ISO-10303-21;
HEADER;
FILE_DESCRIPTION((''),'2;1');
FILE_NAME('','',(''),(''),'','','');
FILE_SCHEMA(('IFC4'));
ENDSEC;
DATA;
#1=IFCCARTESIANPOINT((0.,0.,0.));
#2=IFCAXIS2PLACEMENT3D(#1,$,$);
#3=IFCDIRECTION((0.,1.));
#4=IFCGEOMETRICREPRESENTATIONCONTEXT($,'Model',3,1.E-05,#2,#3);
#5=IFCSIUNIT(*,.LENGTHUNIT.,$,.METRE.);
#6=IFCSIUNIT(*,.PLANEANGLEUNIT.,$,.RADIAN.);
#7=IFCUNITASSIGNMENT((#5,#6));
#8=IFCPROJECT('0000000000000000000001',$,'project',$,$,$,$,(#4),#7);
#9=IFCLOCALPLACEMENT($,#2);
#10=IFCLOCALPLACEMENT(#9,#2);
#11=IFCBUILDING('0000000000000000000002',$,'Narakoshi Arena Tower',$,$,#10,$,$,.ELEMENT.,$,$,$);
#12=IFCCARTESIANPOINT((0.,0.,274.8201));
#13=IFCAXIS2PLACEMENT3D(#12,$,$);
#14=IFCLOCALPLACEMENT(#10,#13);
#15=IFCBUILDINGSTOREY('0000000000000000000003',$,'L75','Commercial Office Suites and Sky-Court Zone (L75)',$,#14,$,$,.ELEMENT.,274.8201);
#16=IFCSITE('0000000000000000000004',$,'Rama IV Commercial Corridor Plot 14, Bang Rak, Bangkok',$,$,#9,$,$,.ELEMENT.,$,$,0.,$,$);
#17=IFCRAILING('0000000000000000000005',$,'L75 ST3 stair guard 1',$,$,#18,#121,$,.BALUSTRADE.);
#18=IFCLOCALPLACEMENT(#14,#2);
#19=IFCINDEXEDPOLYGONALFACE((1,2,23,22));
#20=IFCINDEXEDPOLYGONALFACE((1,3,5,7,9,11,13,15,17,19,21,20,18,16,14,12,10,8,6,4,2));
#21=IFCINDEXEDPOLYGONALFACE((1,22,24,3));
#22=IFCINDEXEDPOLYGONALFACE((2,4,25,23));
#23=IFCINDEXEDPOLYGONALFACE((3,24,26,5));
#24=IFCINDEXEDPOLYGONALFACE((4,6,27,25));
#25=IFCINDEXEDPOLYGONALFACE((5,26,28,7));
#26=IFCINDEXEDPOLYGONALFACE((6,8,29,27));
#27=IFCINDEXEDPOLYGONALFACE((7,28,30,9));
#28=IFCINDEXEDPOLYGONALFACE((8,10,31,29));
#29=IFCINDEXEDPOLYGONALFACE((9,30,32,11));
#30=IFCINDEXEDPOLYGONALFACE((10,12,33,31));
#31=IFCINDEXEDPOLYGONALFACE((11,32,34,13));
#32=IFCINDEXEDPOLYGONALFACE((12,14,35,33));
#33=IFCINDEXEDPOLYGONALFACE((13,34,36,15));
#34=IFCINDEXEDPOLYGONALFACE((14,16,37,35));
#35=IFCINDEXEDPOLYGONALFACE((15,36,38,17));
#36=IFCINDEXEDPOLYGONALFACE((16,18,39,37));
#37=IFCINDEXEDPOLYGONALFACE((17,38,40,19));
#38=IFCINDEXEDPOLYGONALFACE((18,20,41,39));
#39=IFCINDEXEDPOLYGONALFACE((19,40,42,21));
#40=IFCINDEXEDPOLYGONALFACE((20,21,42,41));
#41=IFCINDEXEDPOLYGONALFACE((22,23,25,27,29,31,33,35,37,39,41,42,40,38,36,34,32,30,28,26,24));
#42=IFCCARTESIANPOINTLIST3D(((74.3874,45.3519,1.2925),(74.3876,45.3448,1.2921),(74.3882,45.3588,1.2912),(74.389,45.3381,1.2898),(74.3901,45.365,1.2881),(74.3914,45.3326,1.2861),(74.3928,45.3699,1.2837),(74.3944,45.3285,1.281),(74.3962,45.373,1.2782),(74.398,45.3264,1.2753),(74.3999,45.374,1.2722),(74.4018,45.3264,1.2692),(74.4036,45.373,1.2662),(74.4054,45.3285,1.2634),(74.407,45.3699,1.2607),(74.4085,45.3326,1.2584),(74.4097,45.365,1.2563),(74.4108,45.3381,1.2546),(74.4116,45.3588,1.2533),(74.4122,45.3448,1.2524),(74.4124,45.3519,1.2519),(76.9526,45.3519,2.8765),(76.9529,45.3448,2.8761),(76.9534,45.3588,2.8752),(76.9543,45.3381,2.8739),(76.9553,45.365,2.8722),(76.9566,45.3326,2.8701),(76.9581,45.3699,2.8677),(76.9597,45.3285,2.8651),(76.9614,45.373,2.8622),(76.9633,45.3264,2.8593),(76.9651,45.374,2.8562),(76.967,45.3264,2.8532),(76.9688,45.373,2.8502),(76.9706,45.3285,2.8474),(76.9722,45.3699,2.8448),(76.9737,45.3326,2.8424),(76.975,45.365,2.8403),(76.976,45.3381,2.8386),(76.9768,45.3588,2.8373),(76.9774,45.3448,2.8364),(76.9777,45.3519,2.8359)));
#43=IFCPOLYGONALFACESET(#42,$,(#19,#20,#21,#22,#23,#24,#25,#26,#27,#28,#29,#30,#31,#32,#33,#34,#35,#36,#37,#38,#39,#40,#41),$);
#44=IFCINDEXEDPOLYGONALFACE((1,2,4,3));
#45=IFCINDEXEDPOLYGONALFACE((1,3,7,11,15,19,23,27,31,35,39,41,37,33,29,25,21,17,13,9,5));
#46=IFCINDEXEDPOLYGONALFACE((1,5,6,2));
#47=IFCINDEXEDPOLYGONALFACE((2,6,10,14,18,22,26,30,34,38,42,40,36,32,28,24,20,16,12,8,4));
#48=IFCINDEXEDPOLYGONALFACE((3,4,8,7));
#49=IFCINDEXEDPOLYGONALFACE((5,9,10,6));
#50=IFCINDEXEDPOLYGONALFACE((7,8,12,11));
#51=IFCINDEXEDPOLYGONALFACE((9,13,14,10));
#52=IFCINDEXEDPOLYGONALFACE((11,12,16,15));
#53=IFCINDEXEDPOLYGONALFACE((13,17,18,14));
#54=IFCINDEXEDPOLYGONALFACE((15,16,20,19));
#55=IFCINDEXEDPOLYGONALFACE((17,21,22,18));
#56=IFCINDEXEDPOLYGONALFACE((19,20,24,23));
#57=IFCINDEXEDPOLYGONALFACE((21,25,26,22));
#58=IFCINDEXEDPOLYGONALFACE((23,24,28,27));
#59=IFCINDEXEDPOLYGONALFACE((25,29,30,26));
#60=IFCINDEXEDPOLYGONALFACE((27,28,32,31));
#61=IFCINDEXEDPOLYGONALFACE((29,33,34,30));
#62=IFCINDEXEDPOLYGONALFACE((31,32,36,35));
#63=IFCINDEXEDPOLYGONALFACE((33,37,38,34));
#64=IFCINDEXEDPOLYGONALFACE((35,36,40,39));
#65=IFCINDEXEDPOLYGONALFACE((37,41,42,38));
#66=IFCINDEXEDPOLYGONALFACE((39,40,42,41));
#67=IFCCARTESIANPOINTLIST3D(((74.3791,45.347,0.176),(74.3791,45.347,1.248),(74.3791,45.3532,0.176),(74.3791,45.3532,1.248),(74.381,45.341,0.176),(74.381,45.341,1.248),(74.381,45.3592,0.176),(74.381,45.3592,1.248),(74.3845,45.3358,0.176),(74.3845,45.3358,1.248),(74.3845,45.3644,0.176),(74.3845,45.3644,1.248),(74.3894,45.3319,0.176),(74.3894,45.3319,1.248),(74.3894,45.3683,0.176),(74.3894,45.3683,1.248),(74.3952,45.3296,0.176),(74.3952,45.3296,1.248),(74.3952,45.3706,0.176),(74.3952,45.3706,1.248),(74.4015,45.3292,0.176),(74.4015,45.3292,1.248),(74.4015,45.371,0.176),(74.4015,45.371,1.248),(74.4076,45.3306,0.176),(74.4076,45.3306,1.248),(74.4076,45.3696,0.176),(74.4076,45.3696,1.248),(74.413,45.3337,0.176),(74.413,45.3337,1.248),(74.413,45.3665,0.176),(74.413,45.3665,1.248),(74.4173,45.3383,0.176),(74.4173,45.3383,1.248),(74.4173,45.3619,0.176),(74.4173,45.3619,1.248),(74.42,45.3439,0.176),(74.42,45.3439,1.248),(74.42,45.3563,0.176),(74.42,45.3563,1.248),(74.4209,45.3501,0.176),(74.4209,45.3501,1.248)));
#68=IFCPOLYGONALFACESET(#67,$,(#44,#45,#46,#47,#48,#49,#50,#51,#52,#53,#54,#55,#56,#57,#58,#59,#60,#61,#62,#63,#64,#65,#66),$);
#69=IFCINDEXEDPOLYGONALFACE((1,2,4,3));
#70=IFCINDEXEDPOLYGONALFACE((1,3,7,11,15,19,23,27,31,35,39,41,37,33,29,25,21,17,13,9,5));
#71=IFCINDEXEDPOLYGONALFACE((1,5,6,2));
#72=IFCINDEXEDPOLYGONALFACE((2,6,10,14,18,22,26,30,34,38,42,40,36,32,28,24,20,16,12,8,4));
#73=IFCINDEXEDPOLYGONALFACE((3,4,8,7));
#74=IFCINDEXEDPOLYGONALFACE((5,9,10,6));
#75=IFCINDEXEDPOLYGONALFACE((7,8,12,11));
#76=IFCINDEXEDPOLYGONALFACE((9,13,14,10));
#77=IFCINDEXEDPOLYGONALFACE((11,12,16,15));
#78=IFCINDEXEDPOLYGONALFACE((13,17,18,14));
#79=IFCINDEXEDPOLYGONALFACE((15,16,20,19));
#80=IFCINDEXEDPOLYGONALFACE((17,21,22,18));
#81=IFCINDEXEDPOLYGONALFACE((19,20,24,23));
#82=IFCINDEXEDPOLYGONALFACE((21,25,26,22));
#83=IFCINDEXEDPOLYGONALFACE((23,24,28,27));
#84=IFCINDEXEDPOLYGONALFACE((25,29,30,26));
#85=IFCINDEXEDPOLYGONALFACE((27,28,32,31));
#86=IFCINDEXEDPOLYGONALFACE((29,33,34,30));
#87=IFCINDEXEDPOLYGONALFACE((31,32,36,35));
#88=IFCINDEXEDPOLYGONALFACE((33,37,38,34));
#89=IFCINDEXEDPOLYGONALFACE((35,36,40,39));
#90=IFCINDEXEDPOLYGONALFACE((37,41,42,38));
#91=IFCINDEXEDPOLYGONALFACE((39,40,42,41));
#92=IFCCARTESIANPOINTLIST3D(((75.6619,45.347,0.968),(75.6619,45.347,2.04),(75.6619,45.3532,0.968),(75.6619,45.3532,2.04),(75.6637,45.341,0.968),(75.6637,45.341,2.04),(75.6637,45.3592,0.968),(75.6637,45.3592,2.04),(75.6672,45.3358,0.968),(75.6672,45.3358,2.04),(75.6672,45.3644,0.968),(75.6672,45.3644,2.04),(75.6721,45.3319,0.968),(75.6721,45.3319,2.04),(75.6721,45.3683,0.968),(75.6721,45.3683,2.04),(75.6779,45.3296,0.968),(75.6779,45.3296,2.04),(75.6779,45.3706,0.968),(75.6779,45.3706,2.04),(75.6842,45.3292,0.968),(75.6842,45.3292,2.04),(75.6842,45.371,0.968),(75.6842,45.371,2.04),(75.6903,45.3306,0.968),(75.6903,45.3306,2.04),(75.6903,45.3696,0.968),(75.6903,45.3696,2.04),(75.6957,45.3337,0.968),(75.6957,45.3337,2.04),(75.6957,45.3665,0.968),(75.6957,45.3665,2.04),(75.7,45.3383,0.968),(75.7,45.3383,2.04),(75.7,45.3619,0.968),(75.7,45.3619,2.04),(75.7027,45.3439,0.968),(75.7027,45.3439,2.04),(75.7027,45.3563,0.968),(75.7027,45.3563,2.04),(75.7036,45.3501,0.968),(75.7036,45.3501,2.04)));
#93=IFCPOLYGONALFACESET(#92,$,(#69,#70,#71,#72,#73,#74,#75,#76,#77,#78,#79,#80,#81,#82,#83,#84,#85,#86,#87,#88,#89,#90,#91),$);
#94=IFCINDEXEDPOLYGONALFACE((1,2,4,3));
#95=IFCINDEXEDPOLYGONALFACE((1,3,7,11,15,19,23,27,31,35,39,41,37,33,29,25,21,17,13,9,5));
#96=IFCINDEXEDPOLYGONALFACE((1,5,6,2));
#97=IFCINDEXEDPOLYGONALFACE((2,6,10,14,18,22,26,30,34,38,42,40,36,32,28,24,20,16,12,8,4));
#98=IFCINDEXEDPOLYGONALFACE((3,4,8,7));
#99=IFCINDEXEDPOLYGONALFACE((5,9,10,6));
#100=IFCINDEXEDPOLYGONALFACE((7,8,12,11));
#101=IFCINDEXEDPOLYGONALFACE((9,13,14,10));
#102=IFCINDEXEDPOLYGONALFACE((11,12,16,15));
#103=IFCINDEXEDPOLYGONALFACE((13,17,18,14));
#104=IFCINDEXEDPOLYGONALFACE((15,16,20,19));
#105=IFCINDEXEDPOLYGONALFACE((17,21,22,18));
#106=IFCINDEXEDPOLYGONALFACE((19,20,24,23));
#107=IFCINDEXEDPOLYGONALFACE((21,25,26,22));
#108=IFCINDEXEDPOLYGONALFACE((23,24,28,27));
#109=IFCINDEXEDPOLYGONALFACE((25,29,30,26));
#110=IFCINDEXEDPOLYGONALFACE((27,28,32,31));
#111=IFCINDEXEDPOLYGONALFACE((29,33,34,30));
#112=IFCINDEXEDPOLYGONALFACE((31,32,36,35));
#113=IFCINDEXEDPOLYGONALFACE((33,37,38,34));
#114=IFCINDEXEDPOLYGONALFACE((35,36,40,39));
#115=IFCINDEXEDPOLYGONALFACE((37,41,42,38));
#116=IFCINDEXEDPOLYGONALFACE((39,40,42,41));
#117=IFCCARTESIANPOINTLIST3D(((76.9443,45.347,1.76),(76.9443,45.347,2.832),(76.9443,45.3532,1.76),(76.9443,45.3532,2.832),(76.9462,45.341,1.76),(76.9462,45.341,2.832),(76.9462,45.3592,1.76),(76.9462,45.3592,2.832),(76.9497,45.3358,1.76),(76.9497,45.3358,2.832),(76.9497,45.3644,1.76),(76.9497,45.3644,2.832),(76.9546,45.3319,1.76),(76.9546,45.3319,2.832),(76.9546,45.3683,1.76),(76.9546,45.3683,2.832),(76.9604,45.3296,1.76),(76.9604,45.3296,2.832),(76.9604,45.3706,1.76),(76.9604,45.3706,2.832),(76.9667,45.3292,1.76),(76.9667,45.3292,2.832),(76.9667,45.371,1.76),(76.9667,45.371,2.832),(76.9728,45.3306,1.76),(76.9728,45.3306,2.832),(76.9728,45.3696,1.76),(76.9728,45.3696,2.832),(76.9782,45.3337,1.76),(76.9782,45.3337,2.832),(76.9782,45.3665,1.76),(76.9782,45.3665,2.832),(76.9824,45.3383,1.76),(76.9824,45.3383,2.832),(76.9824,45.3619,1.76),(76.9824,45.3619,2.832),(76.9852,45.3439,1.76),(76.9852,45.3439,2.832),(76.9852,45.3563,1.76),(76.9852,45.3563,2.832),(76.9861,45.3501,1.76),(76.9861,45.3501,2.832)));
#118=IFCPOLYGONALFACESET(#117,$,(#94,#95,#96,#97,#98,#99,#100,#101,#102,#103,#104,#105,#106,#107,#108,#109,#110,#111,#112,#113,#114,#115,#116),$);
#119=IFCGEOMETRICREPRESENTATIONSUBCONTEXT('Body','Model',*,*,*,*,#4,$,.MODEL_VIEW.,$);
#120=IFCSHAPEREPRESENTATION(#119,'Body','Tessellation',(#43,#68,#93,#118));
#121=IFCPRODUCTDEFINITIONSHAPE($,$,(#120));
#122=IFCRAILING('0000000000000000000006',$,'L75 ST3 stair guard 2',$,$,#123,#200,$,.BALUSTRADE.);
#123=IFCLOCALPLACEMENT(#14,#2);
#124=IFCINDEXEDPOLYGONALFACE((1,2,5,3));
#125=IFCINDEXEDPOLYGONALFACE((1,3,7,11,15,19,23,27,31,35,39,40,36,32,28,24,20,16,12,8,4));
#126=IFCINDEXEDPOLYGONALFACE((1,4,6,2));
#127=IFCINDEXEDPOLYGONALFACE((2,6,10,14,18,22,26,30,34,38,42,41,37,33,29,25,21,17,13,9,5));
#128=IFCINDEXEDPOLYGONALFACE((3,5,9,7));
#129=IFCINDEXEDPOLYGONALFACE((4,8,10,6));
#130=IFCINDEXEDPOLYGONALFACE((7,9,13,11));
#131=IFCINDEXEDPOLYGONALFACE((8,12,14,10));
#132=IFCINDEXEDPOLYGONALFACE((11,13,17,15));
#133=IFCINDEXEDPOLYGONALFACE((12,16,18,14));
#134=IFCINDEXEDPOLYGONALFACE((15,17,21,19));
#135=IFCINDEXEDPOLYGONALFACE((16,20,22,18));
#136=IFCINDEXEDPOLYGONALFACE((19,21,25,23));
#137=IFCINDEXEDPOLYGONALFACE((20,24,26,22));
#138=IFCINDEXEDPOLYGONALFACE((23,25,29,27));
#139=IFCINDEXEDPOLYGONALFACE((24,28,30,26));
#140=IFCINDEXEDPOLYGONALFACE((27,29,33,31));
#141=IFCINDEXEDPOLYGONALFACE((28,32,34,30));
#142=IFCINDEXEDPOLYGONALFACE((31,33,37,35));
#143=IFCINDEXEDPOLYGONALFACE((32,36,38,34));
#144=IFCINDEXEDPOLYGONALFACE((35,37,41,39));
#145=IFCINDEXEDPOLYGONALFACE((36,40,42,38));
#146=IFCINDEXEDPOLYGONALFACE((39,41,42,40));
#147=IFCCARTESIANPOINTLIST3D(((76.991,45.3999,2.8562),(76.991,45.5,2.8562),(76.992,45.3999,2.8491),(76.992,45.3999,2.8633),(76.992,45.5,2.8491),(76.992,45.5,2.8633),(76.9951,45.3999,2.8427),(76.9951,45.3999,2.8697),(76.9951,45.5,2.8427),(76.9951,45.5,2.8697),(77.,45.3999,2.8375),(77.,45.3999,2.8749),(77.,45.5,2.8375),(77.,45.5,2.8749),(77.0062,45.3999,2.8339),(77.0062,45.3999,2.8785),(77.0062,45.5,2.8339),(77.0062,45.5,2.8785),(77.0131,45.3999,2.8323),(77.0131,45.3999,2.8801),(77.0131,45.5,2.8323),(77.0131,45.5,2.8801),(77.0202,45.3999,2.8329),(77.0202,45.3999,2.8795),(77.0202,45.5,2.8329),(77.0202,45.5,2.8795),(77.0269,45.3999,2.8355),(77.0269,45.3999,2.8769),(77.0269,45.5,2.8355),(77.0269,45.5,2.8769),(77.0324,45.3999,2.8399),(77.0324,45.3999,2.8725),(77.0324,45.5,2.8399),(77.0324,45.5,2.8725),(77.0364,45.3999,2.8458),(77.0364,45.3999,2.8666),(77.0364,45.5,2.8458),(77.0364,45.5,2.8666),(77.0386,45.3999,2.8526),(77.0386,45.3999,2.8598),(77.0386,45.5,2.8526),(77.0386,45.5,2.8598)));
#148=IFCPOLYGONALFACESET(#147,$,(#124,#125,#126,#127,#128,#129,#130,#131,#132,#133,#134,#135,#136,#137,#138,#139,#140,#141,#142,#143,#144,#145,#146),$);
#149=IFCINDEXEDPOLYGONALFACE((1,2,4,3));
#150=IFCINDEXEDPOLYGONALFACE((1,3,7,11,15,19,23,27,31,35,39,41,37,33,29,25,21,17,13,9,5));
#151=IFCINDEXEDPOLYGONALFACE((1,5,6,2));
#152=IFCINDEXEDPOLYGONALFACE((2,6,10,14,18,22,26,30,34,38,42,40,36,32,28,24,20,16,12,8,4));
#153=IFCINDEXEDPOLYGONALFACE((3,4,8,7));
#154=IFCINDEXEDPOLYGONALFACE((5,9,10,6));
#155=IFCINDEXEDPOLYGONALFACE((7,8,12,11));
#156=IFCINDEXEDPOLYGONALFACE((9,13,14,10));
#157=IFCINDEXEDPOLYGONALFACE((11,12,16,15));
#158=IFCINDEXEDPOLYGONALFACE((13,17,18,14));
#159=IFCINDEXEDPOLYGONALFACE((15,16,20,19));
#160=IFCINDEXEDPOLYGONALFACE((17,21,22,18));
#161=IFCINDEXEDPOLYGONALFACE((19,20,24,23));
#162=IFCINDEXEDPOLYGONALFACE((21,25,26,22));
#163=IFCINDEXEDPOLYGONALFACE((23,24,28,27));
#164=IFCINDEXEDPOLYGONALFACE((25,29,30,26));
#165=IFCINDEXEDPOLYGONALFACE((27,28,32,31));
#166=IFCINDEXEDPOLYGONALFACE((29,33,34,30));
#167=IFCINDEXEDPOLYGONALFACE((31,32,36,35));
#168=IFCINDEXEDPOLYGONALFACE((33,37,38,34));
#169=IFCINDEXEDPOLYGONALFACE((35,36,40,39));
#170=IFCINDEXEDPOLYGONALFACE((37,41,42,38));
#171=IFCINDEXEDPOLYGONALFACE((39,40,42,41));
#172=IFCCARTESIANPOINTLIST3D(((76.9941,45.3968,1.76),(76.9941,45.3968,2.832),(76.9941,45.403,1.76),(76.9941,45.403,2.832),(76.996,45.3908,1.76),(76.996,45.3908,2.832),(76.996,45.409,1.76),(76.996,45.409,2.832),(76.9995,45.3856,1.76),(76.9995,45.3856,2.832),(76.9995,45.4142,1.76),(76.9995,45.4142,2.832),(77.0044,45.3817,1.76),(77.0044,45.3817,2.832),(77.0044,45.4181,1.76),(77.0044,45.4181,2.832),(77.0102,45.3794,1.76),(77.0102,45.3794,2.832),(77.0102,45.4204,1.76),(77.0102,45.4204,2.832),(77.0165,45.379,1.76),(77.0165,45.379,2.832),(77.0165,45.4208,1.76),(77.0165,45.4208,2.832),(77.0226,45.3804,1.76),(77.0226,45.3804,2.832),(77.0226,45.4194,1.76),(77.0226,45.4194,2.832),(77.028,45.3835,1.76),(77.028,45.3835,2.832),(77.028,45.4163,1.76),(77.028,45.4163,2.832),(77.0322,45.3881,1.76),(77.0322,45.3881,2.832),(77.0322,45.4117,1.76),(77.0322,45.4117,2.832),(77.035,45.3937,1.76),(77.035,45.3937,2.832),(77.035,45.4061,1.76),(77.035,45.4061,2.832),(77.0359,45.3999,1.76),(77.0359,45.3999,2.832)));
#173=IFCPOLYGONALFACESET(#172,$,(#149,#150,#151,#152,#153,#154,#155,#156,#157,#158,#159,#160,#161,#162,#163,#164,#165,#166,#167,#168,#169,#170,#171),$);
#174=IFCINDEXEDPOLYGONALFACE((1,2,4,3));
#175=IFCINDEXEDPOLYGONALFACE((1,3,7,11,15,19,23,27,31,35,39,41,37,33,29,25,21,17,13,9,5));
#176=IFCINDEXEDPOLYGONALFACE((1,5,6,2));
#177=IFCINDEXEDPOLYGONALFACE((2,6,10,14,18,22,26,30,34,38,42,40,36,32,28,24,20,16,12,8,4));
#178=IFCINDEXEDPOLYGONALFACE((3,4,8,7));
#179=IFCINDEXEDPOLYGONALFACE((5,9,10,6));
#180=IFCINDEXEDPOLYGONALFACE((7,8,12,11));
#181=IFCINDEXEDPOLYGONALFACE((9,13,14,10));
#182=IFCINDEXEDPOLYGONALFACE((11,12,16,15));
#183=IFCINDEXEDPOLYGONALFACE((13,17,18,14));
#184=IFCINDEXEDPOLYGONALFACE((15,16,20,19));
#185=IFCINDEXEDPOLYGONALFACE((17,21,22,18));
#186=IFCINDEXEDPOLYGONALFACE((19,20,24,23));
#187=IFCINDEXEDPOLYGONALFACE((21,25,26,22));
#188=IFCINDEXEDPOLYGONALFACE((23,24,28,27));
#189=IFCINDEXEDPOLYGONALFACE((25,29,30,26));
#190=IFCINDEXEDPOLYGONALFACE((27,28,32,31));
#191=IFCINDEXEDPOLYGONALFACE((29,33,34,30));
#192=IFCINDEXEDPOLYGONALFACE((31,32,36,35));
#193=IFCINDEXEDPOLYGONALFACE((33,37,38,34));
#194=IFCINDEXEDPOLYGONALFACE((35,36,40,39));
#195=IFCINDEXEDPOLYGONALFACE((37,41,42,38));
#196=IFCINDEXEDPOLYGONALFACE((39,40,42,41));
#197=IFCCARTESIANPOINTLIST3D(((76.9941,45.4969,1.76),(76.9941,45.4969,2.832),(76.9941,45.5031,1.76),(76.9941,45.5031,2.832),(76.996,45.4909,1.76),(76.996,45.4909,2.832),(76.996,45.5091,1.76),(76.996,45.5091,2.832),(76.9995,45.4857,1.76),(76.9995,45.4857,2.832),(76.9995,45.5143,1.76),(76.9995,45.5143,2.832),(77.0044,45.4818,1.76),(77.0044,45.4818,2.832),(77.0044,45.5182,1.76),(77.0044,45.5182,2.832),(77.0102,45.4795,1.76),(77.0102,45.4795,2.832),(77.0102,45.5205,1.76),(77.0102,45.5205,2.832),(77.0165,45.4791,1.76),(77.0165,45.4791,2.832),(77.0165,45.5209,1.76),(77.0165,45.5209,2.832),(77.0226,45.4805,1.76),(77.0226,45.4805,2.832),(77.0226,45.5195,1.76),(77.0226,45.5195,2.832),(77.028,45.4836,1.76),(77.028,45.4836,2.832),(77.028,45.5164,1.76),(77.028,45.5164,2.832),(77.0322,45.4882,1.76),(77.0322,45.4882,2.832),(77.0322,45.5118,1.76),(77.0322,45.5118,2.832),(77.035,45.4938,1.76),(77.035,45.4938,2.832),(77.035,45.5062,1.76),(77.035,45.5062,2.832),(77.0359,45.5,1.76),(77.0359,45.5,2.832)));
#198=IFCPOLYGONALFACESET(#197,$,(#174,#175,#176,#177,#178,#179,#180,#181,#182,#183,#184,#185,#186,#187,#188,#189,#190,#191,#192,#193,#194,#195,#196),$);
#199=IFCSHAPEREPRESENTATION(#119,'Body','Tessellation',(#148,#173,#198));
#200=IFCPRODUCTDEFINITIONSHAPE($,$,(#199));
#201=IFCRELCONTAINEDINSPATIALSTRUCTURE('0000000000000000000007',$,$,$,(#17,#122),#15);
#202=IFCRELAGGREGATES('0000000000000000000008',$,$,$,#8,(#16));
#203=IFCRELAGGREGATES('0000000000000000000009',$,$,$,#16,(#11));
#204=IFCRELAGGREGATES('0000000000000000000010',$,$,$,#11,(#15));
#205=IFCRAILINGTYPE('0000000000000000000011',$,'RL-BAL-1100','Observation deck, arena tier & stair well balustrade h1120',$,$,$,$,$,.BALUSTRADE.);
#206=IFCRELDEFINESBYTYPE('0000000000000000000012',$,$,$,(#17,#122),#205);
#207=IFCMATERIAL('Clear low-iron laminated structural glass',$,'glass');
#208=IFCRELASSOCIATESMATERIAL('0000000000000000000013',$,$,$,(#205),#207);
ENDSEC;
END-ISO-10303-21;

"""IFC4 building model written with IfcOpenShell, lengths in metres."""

from ifc_helpers import new_model, si_unit, direction, frame, origin, origin_2d, place, context, subcontext, project, spatial, circle, extrude, material, type_object, element, save


model = new_model("IFC4")

# Units and contexts
model_context = context("Model", 3, precision=1e-05, world=origin(), true_north=direction((0.0, 1.0)))
body_context = subcontext(model_context, "Body", "Model", "MODEL_VIEW")
ifc_project = project(units=[si_unit("LENGTHUNIT", "METRE"), si_unit("PLANEANGLEUNIT", "RADIAN")], contexts=[model_context])

# Site, building, storey
site_placement = place(None, origin())
site = spatial("IfcSite", under=ifc_project, at=site_placement, Name="Rama IV Commercial Corridor Plot 14, Bang Rak, Bangkok", CompositionType="ELEMENT", RefElevation=0.0)
building_placement = place(site_placement, origin())
building = spatial("IfcBuilding", under=site, at=building_placement, Name="Narakoshi Arena Tower", CompositionType="ELEMENT")
storey_placement = place(building_placement, frame((0.0, 0.0, 274.8201)))
storey = spatial("IfcBuildingStorey", under=building, at=storey_placement, Name="L75", Description="Commercial Office Suites and Sky-Court Zone (L75)", CompositionType="ELEMENT", Elevation=274.8201)

# Railings
ifc_material_1 = material(Name="Clear low-iron laminated structural glass", Category="glass")
railing_type_1 = type_object("IfcRailingType", Name="RL-BAL-1100", Description="Observation deck, arena tier & stair well balustrade h1120", PredefinedType="BALUSTRADE", material=ifc_material_1)
railing_1_placement = place(storey_placement, frame((74.3999, 45.3501, 0.176)))
element("IfcRailing", 1, at=railing_1_placement, inside=storey, type_object=railing_type_1, Name="L75 ST3 stair guard 1", PredefinedType="BALUSTRADE", context=body_context, shape_type="SweptSolid", body=[
    extrude(circle(Radius=0.0239, at=origin_2d()), frame((0.0, 0.0, 1.0962), z_axis=(0.850857, 0.0, 0.525398), x_axis=(0.0, 1.0, 0.0)), (0.0, 0.0, 1.0), 3.0149),
    extrude(circle(Radius=0.021, at=origin_2d()), origin(), (0.0, 0.0, 1.0), 1.072),
    extrude(circle(Radius=0.021, at=origin_2d()), frame((1.2827, 0.0, 0.792)), (0.0, 0.0, 1.0), 1.072),
    extrude(circle(Radius=0.021, at=origin_2d()), frame((2.5652, 0.0, 1.584)), (0.0, 0.0, 1.0), 1.072),
])
railing_2_placement = place(storey_placement, frame((77.0149, 45.3999, 1.76)))
element("IfcRailing", 2, at=railing_2_placement, inside=storey, type_object=railing_type_1, Name="L75 ST3 stair guard 2", PredefinedType="BALUSTRADE", context=body_context, shape_type="SweptSolid", body=[
    extrude(circle(Radius=0.0239, at=origin_2d()), frame((0.0, 0.0, 1.0962), z_axis=(0.0, 1.0, 0.0), x_axis=(-1.0, 0.0, 0.0)), (0.0, 0.0, 1.0), 0.1001),
    extrude(circle(Radius=0.021, at=origin_2d()), origin(), (0.0, 0.0, 1.0), 1.072),
    extrude(circle(Radius=0.021, at=origin_2d()), frame((0.0, 0.1001, 0.0)), (0.0, 0.0, 1.0), 1.072),
])

save(model, "model.ifc")
